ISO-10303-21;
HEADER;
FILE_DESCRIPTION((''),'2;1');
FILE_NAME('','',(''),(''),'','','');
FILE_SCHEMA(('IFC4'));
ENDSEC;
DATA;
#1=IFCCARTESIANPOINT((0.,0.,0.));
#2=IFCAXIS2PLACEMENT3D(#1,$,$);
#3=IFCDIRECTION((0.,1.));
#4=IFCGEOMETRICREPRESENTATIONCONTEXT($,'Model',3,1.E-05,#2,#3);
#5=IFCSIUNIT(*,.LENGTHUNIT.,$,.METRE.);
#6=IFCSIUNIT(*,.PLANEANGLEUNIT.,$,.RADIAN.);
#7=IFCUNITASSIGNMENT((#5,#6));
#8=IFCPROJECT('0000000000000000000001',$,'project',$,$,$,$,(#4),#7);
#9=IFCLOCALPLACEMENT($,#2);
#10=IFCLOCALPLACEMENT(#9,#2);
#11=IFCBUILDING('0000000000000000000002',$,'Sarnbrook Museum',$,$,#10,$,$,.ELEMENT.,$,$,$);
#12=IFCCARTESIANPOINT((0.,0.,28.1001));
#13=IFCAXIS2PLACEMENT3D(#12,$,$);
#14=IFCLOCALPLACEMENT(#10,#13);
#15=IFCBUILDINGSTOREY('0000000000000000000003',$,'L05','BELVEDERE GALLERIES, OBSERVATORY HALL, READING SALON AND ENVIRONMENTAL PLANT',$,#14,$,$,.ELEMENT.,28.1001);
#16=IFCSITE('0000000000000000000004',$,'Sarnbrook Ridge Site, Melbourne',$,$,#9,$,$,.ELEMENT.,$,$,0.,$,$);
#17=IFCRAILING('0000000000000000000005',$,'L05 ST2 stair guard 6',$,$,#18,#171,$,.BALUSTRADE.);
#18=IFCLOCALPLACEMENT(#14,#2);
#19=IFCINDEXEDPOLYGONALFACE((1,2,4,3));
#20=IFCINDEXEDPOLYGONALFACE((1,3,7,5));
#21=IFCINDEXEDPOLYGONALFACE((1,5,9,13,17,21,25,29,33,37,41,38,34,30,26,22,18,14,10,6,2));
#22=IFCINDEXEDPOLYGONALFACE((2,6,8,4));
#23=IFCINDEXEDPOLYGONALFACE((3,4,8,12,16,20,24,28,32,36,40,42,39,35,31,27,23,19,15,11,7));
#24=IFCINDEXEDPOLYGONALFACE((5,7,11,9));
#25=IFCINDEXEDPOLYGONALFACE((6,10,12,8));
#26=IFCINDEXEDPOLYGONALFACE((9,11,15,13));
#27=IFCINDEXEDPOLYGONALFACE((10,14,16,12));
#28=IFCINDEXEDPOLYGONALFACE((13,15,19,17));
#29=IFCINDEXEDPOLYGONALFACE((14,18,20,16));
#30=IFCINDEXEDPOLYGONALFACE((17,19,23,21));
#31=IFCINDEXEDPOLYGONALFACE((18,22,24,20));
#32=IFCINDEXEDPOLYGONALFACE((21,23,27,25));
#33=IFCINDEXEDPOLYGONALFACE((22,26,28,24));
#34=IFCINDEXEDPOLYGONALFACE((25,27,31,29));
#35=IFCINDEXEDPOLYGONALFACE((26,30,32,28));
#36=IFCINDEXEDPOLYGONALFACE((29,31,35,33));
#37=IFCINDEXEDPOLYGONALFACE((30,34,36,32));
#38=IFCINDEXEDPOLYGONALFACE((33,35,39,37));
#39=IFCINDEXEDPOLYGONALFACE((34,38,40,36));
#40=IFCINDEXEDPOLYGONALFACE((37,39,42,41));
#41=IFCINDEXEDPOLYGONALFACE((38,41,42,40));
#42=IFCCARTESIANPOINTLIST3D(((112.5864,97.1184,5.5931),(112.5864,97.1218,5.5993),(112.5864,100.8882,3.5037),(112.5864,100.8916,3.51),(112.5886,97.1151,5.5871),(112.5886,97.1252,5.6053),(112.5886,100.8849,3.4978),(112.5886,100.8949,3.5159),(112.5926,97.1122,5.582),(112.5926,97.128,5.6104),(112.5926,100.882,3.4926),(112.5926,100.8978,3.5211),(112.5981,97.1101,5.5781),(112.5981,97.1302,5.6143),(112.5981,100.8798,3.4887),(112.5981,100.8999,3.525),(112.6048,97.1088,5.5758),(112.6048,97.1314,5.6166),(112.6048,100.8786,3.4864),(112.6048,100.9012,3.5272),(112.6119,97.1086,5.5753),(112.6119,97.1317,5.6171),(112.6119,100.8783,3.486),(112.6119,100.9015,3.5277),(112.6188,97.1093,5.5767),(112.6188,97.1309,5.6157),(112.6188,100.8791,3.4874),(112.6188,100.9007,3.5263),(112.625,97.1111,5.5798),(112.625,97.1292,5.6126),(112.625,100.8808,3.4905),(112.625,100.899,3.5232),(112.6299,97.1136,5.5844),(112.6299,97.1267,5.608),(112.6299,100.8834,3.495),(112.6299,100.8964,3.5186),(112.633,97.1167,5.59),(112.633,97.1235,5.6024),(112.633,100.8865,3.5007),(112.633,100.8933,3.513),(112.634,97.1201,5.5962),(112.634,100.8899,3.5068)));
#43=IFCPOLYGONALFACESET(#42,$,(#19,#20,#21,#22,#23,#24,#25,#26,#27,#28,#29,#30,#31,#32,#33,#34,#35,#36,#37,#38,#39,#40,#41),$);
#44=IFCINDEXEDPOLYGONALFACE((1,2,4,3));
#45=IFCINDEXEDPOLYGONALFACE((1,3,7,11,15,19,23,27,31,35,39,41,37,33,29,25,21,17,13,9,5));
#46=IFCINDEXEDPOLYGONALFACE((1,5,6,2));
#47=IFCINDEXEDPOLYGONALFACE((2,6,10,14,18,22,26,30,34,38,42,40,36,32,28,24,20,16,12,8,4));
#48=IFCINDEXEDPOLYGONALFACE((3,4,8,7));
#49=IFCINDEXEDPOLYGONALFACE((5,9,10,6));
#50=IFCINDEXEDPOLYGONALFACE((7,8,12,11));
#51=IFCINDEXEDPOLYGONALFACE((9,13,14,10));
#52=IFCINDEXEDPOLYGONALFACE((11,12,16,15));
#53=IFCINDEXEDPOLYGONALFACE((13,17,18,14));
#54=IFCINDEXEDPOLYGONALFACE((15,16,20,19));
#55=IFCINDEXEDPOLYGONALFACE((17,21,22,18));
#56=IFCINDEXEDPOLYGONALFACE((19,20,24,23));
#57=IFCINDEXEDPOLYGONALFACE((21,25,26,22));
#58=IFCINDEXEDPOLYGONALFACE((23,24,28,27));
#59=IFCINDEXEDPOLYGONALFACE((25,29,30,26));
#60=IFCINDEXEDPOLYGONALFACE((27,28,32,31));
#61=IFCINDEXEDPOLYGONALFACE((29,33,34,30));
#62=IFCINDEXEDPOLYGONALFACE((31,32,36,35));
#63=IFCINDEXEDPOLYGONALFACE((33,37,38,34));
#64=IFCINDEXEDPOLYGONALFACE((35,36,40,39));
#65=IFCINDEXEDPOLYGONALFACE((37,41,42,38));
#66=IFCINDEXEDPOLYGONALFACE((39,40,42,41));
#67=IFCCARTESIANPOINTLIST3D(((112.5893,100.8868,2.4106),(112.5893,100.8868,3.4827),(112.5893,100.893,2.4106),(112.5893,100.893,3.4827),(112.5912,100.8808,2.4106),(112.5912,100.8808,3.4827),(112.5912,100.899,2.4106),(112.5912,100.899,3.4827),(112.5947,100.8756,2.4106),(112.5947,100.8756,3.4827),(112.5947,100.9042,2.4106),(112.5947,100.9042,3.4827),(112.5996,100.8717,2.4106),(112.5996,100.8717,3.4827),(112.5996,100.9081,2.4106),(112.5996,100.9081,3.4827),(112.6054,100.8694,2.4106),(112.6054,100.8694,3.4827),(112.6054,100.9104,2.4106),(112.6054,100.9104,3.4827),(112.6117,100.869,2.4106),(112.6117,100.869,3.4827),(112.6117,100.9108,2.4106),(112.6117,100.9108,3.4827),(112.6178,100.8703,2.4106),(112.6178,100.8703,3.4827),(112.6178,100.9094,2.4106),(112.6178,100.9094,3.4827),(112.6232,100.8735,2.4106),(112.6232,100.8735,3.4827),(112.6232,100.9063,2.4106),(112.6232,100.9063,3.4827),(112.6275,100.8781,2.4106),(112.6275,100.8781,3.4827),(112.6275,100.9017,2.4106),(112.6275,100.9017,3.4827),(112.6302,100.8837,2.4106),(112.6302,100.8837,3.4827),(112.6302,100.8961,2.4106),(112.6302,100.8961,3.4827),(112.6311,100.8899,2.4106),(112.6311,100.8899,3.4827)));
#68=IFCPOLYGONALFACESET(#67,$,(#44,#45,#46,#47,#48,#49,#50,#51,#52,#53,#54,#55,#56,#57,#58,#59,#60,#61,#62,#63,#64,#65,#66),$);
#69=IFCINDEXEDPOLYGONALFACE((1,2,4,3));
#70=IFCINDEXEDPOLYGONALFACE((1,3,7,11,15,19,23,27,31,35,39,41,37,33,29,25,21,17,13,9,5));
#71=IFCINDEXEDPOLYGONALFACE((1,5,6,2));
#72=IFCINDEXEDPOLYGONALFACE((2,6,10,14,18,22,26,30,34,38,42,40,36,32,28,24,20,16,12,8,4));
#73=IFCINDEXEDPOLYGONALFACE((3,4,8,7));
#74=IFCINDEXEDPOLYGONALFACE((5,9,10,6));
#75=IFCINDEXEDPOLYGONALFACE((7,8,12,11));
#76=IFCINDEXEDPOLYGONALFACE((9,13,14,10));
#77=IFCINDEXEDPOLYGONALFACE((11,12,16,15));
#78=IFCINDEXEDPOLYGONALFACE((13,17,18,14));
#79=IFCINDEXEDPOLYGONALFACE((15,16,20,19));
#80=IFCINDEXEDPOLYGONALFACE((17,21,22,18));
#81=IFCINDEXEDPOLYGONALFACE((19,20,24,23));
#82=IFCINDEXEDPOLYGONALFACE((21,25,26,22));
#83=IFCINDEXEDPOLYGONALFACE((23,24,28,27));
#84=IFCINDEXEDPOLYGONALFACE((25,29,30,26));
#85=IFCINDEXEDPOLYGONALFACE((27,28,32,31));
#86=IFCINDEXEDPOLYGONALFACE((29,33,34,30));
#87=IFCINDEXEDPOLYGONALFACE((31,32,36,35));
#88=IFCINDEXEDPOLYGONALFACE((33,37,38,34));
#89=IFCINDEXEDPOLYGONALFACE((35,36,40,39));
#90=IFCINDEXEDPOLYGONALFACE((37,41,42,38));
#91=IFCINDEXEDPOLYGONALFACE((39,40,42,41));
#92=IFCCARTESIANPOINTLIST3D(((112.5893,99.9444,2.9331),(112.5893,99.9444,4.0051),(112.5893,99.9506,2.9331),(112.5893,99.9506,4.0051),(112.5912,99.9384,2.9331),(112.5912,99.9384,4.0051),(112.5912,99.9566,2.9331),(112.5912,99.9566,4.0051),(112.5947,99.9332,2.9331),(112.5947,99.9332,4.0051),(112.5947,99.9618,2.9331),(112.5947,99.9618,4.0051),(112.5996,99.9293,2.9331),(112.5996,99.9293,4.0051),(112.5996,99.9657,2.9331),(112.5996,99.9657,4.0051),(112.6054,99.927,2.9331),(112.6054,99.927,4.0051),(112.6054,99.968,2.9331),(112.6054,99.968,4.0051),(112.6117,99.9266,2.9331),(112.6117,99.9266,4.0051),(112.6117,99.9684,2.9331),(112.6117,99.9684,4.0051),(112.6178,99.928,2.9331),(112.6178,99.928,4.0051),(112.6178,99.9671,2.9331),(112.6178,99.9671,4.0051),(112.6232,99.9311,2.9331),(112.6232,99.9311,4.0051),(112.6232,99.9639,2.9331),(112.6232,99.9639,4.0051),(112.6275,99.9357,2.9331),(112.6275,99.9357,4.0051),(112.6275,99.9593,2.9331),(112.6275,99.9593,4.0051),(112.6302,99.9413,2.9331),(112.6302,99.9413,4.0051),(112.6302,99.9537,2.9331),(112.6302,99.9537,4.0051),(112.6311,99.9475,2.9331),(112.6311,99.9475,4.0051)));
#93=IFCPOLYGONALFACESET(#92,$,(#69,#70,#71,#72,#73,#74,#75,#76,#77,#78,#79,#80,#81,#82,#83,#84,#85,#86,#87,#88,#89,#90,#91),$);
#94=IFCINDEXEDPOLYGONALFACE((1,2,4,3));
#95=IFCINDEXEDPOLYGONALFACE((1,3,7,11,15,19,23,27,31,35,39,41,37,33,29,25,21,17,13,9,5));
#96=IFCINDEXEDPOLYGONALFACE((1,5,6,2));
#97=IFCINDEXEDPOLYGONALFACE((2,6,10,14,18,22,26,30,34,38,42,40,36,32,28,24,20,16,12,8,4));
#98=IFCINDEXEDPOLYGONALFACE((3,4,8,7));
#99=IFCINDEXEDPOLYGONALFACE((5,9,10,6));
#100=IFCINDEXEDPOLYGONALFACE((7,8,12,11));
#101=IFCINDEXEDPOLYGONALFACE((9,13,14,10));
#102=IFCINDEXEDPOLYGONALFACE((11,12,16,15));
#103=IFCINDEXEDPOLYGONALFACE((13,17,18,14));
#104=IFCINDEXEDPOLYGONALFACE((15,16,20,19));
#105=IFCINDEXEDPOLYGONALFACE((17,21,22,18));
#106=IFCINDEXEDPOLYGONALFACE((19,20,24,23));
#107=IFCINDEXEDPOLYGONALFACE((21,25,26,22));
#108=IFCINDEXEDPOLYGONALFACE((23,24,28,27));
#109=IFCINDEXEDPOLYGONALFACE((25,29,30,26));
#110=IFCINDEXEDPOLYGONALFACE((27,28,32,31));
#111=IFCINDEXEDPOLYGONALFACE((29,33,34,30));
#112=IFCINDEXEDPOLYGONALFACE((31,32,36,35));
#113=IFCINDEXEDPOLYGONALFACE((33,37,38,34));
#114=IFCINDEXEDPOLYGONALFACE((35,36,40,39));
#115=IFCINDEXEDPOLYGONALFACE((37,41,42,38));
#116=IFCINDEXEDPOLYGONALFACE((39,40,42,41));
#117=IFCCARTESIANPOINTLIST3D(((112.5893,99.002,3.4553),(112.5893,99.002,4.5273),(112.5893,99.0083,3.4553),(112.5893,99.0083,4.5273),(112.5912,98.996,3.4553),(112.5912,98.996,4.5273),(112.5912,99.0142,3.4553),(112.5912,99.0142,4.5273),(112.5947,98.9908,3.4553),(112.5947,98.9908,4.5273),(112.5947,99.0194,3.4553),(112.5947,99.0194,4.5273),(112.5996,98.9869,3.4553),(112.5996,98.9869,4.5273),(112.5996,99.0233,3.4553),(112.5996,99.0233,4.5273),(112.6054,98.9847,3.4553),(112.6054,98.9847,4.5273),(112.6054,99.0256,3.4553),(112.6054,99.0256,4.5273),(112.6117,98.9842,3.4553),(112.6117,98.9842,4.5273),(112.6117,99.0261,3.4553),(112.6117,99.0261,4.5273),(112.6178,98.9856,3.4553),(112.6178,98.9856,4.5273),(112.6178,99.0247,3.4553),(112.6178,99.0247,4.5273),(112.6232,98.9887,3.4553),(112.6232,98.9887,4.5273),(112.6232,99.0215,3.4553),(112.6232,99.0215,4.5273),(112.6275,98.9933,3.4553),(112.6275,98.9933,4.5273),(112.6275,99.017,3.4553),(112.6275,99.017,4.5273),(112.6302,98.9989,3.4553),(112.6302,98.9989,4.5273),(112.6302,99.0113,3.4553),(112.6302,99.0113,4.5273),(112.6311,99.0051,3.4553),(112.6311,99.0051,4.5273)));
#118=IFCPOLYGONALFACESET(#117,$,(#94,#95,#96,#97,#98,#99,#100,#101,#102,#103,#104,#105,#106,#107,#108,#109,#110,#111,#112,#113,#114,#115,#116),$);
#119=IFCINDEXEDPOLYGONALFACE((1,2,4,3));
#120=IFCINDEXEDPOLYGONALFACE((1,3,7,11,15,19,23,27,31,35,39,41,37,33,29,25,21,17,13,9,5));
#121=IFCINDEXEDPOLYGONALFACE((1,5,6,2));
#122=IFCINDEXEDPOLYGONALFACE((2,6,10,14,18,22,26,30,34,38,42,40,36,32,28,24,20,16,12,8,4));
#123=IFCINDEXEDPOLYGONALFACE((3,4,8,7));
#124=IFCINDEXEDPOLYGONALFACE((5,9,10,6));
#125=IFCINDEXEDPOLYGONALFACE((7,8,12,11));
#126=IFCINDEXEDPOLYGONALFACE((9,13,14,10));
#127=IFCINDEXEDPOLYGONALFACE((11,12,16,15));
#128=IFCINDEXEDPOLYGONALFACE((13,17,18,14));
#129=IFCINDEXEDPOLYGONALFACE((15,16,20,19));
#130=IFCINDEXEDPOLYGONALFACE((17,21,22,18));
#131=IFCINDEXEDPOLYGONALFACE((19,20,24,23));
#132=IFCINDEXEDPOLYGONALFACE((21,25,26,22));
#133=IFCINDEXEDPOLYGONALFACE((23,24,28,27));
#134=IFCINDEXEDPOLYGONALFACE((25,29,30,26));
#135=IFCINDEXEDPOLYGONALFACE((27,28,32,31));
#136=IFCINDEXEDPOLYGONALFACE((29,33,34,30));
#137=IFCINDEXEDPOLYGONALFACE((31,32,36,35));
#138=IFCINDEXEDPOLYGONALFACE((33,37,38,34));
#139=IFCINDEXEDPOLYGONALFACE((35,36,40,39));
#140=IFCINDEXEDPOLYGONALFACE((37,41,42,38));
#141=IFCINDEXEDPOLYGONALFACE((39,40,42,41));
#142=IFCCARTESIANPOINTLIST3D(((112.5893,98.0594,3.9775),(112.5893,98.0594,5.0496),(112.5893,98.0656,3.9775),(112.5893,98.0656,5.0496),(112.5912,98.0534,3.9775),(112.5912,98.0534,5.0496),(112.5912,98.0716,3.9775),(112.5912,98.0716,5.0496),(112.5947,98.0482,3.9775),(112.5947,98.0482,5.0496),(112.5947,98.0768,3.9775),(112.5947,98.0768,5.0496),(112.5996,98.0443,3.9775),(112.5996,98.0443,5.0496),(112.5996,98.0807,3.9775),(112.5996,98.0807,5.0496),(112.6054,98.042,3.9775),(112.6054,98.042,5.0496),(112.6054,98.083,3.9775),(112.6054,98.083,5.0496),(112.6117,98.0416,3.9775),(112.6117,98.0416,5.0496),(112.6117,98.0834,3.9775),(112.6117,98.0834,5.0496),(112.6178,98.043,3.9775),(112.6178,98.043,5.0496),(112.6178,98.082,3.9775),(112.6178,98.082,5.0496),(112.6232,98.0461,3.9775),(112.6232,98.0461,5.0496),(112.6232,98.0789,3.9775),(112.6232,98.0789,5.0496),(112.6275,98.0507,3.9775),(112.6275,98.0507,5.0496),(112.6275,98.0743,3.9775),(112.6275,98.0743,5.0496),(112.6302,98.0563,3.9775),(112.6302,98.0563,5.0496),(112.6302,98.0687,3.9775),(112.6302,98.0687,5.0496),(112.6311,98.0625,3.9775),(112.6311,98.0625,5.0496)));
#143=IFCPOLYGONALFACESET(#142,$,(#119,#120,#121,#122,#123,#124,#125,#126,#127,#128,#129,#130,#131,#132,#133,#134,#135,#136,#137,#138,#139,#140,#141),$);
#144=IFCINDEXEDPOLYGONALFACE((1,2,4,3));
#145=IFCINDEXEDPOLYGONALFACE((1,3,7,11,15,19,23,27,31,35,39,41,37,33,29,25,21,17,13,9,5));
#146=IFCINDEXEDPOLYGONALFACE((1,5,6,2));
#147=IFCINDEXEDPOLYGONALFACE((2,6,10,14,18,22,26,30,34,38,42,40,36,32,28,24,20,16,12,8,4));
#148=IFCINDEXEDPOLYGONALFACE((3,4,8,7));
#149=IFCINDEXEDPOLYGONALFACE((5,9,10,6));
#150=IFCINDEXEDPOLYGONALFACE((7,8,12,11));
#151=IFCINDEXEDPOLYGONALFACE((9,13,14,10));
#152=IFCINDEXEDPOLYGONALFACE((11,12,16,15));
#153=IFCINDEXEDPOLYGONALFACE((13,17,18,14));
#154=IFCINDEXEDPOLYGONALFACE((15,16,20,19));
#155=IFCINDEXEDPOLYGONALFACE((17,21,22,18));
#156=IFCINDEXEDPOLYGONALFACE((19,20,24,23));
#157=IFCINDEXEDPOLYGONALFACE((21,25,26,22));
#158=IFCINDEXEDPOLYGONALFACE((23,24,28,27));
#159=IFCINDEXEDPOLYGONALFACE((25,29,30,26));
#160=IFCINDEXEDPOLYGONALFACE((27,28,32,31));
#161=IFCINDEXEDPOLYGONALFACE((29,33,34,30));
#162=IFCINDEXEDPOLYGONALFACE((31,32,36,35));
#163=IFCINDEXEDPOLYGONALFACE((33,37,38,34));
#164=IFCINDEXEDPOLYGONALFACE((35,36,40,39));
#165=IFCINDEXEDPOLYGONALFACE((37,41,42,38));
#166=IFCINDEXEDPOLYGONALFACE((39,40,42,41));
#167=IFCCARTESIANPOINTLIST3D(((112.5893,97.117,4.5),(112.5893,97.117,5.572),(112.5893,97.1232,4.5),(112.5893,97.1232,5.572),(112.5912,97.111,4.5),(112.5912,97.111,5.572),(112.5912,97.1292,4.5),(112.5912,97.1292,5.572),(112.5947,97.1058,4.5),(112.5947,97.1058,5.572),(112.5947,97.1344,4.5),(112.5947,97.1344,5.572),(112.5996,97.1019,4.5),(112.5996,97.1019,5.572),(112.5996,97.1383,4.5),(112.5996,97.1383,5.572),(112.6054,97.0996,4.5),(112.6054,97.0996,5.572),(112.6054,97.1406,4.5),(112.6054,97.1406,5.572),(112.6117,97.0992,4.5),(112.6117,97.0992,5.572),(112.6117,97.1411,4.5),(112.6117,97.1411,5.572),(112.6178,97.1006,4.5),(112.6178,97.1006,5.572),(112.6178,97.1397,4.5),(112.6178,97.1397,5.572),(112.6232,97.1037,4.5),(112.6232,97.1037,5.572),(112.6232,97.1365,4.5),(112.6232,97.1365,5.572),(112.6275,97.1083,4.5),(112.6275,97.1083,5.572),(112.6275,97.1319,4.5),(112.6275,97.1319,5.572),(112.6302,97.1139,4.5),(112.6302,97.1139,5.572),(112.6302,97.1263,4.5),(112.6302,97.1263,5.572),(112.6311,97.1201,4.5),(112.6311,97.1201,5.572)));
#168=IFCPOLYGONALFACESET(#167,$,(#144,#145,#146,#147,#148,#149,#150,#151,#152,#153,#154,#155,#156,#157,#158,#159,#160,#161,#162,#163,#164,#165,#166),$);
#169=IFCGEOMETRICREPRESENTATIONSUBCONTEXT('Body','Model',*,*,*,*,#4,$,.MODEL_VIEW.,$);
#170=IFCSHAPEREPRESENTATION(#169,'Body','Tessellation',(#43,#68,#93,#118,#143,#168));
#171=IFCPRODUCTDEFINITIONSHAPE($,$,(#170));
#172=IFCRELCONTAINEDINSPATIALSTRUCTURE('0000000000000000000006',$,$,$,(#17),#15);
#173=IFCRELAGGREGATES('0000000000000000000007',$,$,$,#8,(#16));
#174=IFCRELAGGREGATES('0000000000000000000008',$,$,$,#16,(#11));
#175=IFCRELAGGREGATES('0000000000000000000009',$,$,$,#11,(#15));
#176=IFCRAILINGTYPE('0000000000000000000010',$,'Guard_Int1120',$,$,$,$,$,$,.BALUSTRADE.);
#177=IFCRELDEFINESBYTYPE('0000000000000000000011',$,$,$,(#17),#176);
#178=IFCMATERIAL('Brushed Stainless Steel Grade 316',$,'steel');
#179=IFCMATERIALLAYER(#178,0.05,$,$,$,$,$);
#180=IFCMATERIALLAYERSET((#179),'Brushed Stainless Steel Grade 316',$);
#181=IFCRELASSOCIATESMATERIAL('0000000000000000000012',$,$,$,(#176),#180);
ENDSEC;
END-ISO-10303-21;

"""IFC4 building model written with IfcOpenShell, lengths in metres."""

from ifc_helpers import new_model, si_unit, direction, frame, origin, origin_2d, place, context, subcontext, project, spatial, circle, extrude, material, layer, layer_set, type_object, element, save


model = new_model("IFC4")

# Units and contexts
model_context = context("Model", 3, precision=1e-05, world=origin(), true_north=direction((0.0, 1.0)))
body_context = subcontext(model_context, "Body", "Model", "MODEL_VIEW")
ifc_project = project(units=[si_unit("LENGTHUNIT", "METRE"), si_unit("PLANEANGLEUNIT", "RADIAN")], contexts=[model_context])

# Site, building, storey
site_placement = place(None, origin())
site = spatial("IfcSite", under=ifc_project, at=site_placement, Name="Sarnbrook Ridge Site, Melbourne", CompositionType="ELEMENT", RefElevation=0.0)
building_placement = place(site_placement, origin())
building = spatial("IfcBuilding", under=site, at=building_placement, Name="Sarnbrook Museum", CompositionType="ELEMENT")
storey_placement = place(building_placement, frame((0.0, 0.0, 28.1001)))
storey = spatial("IfcBuildingStorey", under=building, at=storey_placement, Name="L05", Description="BELVEDERE GALLERIES, OBSERVATORY HALL, READING SALON AND ENVIRONMENTAL PLANT", CompositionType="ELEMENT", Elevation=28.1001)

# Railing
ifc_material_1 = material(Name="Brushed Stainless Steel Grade 316", Category="steel")
ifc_layer_1 = layer(ifc_material_1, 0.05)
ifc_layer_set_1 = layer_set([ifc_layer_1], Name="Brushed Stainless Steel Grade 316")
railing_type_1 = type_object("IfcRailingType", Name="Guard_Int1120", PredefinedType="BALUSTRADE", material=ifc_layer_set_1)
railing_1_placement = place(storey_placement, frame((112.6101, 100.8899, 2.4106)))
element("IfcRailing", 1, at=railing_1_placement, inside=storey, type_object=railing_type_1, Name="L05 ST2 stair guard 6", PredefinedType="BALUSTRADE", context=body_context, shape_type="SweptSolid", body=[
    extrude(circle(Radius=0.0239, at=origin_2d()), frame((0.0, 0.0, 1.0962), z_axis=(0.0, -0.874646, 0.484763), x_axis=(1.0, 0.0, 0.0)), (0.0, 0.0, 1.0), 4.3101),
    extrude(circle(Radius=0.021, at=origin_2d()), origin(), (0.0, 0.0, 1.0), 1.072),
    extrude(circle(Radius=0.021, at=origin_2d()), frame((0.0, -0.9424, 0.5225)), (0.0, 0.0, 1.0), 1.072),
    extrude(circle(Radius=0.021, at=origin_2d()), frame((0.0, -1.8848, 1.0447)), (0.0, 0.0, 1.0), 1.072),
    extrude(circle(Radius=0.021, at=origin_2d()), frame((0.0, -2.8274, 1.5669)), (0.0, 0.0, 1.0), 1.072),
    extrude(circle(Radius=0.021, at=origin_2d()), frame((0.0, -3.7698, 2.0894)), (0.0, 0.0, 1.0), 1.072),
])

save(model, "model.ifc")
